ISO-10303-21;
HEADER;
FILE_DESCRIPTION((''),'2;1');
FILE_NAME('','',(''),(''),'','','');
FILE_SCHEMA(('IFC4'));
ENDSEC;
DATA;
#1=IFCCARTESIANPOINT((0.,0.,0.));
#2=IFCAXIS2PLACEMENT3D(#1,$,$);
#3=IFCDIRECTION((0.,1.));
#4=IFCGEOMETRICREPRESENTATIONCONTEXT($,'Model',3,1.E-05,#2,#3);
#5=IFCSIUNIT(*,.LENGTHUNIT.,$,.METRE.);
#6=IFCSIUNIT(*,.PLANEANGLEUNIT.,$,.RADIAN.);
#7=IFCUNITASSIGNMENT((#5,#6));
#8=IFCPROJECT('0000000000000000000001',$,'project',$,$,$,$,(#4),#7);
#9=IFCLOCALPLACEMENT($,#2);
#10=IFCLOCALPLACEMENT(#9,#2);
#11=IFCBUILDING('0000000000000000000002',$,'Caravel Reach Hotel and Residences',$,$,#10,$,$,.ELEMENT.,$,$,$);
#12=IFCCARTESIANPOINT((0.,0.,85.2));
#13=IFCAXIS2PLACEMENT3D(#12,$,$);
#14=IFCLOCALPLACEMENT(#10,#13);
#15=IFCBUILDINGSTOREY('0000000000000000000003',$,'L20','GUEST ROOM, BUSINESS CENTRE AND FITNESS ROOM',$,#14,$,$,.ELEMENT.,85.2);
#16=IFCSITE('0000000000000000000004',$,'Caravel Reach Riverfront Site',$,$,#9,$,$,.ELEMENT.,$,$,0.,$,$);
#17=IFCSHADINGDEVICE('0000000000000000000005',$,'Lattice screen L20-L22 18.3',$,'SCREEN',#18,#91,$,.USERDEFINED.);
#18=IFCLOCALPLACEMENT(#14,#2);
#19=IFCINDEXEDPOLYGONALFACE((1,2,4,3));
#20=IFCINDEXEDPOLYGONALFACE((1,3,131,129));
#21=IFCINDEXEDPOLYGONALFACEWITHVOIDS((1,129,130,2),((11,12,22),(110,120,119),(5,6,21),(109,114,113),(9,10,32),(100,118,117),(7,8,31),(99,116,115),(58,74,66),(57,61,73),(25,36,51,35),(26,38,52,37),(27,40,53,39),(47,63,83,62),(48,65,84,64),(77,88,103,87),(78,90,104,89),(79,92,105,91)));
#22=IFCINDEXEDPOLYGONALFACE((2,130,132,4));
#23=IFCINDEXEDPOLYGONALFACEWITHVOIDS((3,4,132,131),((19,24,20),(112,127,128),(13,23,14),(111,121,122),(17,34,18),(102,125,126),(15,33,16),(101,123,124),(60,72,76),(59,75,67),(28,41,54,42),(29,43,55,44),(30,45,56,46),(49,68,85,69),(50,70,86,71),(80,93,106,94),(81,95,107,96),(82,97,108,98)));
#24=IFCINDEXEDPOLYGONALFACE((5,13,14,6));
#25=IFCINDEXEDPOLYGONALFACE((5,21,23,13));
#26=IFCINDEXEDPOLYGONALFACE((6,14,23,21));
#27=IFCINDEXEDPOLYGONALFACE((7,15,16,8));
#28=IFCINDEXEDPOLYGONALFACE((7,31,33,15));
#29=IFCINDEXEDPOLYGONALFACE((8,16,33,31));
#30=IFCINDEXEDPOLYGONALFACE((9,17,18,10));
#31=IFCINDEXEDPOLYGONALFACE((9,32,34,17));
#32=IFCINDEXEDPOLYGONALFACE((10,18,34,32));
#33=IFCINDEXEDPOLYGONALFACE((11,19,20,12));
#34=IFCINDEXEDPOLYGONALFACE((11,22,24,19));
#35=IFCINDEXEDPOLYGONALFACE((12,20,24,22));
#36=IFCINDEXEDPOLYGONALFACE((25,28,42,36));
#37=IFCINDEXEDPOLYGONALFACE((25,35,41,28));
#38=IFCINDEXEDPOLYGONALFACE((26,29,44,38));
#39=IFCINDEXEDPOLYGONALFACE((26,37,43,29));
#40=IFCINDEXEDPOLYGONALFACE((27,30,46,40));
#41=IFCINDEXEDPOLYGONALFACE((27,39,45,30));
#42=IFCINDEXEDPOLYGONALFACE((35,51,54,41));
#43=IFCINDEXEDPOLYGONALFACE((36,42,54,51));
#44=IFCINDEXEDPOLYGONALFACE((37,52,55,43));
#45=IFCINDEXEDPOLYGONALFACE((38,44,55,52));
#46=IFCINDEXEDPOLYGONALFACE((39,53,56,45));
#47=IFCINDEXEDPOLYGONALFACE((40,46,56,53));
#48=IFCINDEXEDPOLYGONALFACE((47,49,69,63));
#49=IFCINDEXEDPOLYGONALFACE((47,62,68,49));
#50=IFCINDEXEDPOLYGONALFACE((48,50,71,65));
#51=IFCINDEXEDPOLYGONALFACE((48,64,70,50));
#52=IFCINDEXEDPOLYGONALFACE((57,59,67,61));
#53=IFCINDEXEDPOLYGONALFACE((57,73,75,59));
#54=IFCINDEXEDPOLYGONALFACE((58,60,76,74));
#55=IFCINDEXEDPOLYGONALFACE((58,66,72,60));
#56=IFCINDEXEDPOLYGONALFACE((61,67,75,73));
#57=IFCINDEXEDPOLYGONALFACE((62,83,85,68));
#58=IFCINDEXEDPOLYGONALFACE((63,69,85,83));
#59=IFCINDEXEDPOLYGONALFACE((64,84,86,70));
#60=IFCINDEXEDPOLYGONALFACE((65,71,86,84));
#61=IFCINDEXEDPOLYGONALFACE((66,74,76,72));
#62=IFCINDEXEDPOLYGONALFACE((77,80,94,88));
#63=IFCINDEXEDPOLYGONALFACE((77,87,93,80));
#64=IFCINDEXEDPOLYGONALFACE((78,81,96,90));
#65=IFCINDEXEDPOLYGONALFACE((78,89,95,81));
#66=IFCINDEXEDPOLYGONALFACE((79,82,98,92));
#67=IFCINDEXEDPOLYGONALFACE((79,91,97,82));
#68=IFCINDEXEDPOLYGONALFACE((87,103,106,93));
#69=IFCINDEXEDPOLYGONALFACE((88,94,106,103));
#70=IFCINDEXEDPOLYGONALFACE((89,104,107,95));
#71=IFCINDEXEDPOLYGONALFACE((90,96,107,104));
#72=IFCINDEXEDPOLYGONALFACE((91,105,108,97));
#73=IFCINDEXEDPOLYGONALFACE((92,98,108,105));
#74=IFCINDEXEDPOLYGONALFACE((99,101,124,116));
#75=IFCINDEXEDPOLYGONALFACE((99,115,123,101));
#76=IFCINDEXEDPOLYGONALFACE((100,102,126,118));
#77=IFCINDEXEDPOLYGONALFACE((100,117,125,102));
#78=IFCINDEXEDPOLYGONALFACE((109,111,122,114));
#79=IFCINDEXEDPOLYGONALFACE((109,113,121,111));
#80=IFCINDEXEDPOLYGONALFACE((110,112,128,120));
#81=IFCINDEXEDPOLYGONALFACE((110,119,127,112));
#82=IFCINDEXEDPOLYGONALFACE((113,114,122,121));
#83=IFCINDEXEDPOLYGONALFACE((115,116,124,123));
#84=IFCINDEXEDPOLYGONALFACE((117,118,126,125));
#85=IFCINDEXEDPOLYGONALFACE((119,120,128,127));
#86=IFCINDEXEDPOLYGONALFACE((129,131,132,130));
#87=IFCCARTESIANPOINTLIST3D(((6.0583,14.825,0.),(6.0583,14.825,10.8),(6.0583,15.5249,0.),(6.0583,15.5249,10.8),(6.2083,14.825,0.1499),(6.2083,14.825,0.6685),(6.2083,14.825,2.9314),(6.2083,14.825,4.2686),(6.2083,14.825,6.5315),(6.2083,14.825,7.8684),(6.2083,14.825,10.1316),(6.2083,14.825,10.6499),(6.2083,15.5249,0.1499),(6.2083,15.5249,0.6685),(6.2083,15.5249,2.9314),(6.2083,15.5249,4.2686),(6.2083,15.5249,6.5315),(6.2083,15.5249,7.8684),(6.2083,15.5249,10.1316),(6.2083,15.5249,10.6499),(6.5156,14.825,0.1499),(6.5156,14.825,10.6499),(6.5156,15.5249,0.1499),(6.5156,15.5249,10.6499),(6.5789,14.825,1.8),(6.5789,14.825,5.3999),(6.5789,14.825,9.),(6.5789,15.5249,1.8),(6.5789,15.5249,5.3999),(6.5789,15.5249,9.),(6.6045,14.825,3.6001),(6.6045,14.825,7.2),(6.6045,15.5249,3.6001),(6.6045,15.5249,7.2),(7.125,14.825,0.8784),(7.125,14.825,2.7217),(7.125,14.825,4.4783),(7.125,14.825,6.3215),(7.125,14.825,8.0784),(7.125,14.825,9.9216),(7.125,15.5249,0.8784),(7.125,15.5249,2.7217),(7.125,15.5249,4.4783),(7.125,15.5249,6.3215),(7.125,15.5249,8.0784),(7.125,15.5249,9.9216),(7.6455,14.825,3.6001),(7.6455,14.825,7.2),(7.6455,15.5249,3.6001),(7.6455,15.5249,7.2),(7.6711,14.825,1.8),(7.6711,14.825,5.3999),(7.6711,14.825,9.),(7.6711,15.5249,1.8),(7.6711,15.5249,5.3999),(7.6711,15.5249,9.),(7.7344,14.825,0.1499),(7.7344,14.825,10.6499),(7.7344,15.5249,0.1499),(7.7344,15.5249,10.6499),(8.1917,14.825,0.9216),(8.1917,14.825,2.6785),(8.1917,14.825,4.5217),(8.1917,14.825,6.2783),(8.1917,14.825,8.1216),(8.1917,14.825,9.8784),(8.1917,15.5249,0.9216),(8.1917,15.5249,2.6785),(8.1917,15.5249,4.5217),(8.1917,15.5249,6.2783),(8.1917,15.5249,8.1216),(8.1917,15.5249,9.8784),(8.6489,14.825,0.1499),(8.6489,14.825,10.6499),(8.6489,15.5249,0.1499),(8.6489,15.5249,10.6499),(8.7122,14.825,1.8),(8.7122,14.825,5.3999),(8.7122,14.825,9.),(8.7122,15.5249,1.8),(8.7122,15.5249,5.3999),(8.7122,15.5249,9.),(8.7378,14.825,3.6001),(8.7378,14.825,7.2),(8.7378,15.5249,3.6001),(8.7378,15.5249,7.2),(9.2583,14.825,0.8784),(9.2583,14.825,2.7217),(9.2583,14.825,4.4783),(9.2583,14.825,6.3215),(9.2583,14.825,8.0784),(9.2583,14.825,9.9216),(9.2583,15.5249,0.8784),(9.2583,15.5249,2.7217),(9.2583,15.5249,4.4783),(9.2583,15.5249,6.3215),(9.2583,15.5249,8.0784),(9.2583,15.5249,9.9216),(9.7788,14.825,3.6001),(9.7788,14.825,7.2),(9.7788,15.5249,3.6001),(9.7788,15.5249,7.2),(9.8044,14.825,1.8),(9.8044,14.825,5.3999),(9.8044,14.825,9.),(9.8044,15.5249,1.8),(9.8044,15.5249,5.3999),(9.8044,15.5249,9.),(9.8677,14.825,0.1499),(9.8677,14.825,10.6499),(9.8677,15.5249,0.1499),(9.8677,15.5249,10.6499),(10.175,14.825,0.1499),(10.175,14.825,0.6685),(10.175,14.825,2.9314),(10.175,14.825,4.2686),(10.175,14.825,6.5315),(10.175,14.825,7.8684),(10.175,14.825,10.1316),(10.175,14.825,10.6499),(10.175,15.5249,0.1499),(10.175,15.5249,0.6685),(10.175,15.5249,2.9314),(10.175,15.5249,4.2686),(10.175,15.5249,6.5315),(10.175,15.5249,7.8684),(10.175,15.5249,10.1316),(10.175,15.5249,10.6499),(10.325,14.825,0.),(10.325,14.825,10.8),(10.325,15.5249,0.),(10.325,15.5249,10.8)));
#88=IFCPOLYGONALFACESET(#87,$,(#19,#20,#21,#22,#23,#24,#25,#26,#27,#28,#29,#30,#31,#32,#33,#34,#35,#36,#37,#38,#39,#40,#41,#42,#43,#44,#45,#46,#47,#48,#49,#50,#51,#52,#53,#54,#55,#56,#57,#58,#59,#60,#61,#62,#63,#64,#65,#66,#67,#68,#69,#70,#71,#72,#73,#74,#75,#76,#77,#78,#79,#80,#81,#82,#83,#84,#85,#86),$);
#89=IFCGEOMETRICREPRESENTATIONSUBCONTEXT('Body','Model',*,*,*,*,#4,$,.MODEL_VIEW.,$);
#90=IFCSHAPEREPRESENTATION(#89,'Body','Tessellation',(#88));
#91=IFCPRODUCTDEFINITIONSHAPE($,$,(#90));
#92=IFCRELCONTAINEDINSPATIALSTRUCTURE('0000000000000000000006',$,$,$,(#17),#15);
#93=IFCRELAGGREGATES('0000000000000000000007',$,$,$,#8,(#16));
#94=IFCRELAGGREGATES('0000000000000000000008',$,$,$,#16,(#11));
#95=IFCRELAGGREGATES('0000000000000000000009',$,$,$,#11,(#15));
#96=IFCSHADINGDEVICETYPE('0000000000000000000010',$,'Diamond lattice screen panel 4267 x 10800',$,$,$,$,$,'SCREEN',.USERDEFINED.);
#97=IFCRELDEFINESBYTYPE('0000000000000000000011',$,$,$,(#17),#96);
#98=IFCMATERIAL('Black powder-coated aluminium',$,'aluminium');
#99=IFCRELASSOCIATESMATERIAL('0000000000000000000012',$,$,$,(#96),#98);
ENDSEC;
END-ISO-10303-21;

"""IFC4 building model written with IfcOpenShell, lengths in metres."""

from ifc_helpers import new_model, si_unit, direction, frame, origin, place, context, subcontext, project, spatial, polyline, outline, extrude, material, type_object, element, save


model = new_model("IFC4")

# Units and contexts
model_context = context("Model", 3, precision=1e-05, world=origin(), true_north=direction((0.0, 1.0)))
body_context = subcontext(model_context, "Body", "Model", "MODEL_VIEW")
ifc_project = project(units=[si_unit("LENGTHUNIT", "METRE"), si_unit("PLANEANGLEUNIT", "RADIAN")], contexts=[model_context])

# Site, building, storey
site_placement = place(None, origin())
site = spatial("IfcSite", under=ifc_project, at=site_placement, Name="Caravel Reach Riverfront Site", CompositionType="ELEMENT", RefElevation=0.0)
building_placement = place(site_placement, origin())
building = spatial("IfcBuilding", under=site, at=building_placement, Name="Caravel Reach Hotel and Residences", CompositionType="ELEMENT")
storey_placement = place(building_placement, frame((0.0, 0.0, 85.2)))
storey = spatial("IfcBuildingStorey", under=building, at=storey_placement, Name="L20", Description="GUEST ROOM, BUSINESS CENTRE AND FITNESS ROOM", CompositionType="ELEMENT", Elevation=85.2)

# Shading device
ifc_material_1 = material(Name="Black powder-coated aluminium", Category="aluminium")
shading_device_type_1 = type_object("IfcShadingDeviceType", Name="Diamond lattice screen panel 4267 x 10800", ElementType="SCREEN", PredefinedType="USERDEFINED", material=ifc_material_1)
shading_device_1_placement = place(storey_placement, frame((6.0583, 15.5249, 0.0), z_axis=(0.0, -1.0, 0.0), x_axis=(1.0, 0.0, 0.0)))
element("IfcShadingDevice", 1, at=shading_device_1_placement, inside=storey, type_object=shading_device_type_1, Name="Lattice screen L20-L22 18.3", ObjectType="SCREEN", PredefinedType="USERDEFINED", context=body_context, shape_type="SweptSolid", body=[
    extrude(outline(polyline([(0.0, 0.0), (4.2666, 0.0), (4.2666, 10.8), (0.0, 10.8), (0.0, 0.0)]), holes=[polyline([(0.4573, 0.1499), (0.1499, 0.6685), (0.1499, 0.1499), (0.4573, 0.1499)]), polyline([(0.5461, 3.6001), (0.1499, 4.2686), (0.1499, 2.9314), (0.5461, 3.6001)]), polyline([(0.5461, 7.2), (0.1499, 7.8684), (0.1499, 6.5315), (0.5461, 7.2)]), polyline([(0.1499, 10.1316), (0.4573, 10.6499), (0.1499, 10.6499), (0.1499, 10.1316)]), polyline([(1.0667, 2.7217), (0.5205, 1.8), (1.0667, 0.8784), (1.6128, 1.8), (1.0667, 2.7217)]), polyline([(1.0667, 6.3215), (0.5205, 5.3999), (1.0667, 4.4783), (1.6128, 5.3999), (1.0667, 6.3215)]), polyline([(1.0667, 9.9216), (0.5205, 9.0), (1.0667, 8.0784), (1.6128, 9.0), (1.0667, 9.9216)]), polyline([(2.1333, 0.9216), (1.676, 0.1499), (2.5906, 0.1499), (2.1333, 0.9216)]), polyline([(2.1333, 4.5217), (1.5872, 3.6001), (2.1333, 2.6785), (2.6794, 3.6001), (2.1333, 4.5217)]), polyline([(2.1333, 8.1216), (1.5872, 7.2), (2.1333, 6.2783), (2.6794, 7.2), (2.1333, 8.1216)]), polyline([(2.1333, 9.8784), (2.5906, 10.6499), (1.676, 10.6499), (2.1333, 9.8784)]), polyline([(3.2, 2.7217), (2.6538, 1.8), (3.2, 0.8784), (3.7461, 1.8), (3.2, 2.7217)]), polyline([(3.2, 6.3215), (2.6538, 5.3999), (3.2, 4.4783), (3.7461, 5.3999), (3.2, 6.3215)]), polyline([(3.2, 9.9216), (2.6538, 9.0), (3.2, 8.0784), (3.7461, 9.0), (3.2, 9.9216)]), polyline([(4.1167, 0.6685), (3.8093, 0.1499), (4.1167, 0.1499), (4.1167, 0.6685)]), polyline([(3.7205, 3.6001), (4.1167, 2.9314), (4.1167, 4.2686), (3.7205, 3.6001)]), polyline([(3.7205, 7.2), (4.1167, 6.5315), (4.1167, 7.8684), (3.7205, 7.2)]), polyline([(3.8093, 10.6499), (4.1167, 10.1316), (4.1167, 10.6499), (3.8093, 10.6499)])]), origin(), (0.0, 0.0, 1.0), 0.7),
])

save(model, "model.ifc")
